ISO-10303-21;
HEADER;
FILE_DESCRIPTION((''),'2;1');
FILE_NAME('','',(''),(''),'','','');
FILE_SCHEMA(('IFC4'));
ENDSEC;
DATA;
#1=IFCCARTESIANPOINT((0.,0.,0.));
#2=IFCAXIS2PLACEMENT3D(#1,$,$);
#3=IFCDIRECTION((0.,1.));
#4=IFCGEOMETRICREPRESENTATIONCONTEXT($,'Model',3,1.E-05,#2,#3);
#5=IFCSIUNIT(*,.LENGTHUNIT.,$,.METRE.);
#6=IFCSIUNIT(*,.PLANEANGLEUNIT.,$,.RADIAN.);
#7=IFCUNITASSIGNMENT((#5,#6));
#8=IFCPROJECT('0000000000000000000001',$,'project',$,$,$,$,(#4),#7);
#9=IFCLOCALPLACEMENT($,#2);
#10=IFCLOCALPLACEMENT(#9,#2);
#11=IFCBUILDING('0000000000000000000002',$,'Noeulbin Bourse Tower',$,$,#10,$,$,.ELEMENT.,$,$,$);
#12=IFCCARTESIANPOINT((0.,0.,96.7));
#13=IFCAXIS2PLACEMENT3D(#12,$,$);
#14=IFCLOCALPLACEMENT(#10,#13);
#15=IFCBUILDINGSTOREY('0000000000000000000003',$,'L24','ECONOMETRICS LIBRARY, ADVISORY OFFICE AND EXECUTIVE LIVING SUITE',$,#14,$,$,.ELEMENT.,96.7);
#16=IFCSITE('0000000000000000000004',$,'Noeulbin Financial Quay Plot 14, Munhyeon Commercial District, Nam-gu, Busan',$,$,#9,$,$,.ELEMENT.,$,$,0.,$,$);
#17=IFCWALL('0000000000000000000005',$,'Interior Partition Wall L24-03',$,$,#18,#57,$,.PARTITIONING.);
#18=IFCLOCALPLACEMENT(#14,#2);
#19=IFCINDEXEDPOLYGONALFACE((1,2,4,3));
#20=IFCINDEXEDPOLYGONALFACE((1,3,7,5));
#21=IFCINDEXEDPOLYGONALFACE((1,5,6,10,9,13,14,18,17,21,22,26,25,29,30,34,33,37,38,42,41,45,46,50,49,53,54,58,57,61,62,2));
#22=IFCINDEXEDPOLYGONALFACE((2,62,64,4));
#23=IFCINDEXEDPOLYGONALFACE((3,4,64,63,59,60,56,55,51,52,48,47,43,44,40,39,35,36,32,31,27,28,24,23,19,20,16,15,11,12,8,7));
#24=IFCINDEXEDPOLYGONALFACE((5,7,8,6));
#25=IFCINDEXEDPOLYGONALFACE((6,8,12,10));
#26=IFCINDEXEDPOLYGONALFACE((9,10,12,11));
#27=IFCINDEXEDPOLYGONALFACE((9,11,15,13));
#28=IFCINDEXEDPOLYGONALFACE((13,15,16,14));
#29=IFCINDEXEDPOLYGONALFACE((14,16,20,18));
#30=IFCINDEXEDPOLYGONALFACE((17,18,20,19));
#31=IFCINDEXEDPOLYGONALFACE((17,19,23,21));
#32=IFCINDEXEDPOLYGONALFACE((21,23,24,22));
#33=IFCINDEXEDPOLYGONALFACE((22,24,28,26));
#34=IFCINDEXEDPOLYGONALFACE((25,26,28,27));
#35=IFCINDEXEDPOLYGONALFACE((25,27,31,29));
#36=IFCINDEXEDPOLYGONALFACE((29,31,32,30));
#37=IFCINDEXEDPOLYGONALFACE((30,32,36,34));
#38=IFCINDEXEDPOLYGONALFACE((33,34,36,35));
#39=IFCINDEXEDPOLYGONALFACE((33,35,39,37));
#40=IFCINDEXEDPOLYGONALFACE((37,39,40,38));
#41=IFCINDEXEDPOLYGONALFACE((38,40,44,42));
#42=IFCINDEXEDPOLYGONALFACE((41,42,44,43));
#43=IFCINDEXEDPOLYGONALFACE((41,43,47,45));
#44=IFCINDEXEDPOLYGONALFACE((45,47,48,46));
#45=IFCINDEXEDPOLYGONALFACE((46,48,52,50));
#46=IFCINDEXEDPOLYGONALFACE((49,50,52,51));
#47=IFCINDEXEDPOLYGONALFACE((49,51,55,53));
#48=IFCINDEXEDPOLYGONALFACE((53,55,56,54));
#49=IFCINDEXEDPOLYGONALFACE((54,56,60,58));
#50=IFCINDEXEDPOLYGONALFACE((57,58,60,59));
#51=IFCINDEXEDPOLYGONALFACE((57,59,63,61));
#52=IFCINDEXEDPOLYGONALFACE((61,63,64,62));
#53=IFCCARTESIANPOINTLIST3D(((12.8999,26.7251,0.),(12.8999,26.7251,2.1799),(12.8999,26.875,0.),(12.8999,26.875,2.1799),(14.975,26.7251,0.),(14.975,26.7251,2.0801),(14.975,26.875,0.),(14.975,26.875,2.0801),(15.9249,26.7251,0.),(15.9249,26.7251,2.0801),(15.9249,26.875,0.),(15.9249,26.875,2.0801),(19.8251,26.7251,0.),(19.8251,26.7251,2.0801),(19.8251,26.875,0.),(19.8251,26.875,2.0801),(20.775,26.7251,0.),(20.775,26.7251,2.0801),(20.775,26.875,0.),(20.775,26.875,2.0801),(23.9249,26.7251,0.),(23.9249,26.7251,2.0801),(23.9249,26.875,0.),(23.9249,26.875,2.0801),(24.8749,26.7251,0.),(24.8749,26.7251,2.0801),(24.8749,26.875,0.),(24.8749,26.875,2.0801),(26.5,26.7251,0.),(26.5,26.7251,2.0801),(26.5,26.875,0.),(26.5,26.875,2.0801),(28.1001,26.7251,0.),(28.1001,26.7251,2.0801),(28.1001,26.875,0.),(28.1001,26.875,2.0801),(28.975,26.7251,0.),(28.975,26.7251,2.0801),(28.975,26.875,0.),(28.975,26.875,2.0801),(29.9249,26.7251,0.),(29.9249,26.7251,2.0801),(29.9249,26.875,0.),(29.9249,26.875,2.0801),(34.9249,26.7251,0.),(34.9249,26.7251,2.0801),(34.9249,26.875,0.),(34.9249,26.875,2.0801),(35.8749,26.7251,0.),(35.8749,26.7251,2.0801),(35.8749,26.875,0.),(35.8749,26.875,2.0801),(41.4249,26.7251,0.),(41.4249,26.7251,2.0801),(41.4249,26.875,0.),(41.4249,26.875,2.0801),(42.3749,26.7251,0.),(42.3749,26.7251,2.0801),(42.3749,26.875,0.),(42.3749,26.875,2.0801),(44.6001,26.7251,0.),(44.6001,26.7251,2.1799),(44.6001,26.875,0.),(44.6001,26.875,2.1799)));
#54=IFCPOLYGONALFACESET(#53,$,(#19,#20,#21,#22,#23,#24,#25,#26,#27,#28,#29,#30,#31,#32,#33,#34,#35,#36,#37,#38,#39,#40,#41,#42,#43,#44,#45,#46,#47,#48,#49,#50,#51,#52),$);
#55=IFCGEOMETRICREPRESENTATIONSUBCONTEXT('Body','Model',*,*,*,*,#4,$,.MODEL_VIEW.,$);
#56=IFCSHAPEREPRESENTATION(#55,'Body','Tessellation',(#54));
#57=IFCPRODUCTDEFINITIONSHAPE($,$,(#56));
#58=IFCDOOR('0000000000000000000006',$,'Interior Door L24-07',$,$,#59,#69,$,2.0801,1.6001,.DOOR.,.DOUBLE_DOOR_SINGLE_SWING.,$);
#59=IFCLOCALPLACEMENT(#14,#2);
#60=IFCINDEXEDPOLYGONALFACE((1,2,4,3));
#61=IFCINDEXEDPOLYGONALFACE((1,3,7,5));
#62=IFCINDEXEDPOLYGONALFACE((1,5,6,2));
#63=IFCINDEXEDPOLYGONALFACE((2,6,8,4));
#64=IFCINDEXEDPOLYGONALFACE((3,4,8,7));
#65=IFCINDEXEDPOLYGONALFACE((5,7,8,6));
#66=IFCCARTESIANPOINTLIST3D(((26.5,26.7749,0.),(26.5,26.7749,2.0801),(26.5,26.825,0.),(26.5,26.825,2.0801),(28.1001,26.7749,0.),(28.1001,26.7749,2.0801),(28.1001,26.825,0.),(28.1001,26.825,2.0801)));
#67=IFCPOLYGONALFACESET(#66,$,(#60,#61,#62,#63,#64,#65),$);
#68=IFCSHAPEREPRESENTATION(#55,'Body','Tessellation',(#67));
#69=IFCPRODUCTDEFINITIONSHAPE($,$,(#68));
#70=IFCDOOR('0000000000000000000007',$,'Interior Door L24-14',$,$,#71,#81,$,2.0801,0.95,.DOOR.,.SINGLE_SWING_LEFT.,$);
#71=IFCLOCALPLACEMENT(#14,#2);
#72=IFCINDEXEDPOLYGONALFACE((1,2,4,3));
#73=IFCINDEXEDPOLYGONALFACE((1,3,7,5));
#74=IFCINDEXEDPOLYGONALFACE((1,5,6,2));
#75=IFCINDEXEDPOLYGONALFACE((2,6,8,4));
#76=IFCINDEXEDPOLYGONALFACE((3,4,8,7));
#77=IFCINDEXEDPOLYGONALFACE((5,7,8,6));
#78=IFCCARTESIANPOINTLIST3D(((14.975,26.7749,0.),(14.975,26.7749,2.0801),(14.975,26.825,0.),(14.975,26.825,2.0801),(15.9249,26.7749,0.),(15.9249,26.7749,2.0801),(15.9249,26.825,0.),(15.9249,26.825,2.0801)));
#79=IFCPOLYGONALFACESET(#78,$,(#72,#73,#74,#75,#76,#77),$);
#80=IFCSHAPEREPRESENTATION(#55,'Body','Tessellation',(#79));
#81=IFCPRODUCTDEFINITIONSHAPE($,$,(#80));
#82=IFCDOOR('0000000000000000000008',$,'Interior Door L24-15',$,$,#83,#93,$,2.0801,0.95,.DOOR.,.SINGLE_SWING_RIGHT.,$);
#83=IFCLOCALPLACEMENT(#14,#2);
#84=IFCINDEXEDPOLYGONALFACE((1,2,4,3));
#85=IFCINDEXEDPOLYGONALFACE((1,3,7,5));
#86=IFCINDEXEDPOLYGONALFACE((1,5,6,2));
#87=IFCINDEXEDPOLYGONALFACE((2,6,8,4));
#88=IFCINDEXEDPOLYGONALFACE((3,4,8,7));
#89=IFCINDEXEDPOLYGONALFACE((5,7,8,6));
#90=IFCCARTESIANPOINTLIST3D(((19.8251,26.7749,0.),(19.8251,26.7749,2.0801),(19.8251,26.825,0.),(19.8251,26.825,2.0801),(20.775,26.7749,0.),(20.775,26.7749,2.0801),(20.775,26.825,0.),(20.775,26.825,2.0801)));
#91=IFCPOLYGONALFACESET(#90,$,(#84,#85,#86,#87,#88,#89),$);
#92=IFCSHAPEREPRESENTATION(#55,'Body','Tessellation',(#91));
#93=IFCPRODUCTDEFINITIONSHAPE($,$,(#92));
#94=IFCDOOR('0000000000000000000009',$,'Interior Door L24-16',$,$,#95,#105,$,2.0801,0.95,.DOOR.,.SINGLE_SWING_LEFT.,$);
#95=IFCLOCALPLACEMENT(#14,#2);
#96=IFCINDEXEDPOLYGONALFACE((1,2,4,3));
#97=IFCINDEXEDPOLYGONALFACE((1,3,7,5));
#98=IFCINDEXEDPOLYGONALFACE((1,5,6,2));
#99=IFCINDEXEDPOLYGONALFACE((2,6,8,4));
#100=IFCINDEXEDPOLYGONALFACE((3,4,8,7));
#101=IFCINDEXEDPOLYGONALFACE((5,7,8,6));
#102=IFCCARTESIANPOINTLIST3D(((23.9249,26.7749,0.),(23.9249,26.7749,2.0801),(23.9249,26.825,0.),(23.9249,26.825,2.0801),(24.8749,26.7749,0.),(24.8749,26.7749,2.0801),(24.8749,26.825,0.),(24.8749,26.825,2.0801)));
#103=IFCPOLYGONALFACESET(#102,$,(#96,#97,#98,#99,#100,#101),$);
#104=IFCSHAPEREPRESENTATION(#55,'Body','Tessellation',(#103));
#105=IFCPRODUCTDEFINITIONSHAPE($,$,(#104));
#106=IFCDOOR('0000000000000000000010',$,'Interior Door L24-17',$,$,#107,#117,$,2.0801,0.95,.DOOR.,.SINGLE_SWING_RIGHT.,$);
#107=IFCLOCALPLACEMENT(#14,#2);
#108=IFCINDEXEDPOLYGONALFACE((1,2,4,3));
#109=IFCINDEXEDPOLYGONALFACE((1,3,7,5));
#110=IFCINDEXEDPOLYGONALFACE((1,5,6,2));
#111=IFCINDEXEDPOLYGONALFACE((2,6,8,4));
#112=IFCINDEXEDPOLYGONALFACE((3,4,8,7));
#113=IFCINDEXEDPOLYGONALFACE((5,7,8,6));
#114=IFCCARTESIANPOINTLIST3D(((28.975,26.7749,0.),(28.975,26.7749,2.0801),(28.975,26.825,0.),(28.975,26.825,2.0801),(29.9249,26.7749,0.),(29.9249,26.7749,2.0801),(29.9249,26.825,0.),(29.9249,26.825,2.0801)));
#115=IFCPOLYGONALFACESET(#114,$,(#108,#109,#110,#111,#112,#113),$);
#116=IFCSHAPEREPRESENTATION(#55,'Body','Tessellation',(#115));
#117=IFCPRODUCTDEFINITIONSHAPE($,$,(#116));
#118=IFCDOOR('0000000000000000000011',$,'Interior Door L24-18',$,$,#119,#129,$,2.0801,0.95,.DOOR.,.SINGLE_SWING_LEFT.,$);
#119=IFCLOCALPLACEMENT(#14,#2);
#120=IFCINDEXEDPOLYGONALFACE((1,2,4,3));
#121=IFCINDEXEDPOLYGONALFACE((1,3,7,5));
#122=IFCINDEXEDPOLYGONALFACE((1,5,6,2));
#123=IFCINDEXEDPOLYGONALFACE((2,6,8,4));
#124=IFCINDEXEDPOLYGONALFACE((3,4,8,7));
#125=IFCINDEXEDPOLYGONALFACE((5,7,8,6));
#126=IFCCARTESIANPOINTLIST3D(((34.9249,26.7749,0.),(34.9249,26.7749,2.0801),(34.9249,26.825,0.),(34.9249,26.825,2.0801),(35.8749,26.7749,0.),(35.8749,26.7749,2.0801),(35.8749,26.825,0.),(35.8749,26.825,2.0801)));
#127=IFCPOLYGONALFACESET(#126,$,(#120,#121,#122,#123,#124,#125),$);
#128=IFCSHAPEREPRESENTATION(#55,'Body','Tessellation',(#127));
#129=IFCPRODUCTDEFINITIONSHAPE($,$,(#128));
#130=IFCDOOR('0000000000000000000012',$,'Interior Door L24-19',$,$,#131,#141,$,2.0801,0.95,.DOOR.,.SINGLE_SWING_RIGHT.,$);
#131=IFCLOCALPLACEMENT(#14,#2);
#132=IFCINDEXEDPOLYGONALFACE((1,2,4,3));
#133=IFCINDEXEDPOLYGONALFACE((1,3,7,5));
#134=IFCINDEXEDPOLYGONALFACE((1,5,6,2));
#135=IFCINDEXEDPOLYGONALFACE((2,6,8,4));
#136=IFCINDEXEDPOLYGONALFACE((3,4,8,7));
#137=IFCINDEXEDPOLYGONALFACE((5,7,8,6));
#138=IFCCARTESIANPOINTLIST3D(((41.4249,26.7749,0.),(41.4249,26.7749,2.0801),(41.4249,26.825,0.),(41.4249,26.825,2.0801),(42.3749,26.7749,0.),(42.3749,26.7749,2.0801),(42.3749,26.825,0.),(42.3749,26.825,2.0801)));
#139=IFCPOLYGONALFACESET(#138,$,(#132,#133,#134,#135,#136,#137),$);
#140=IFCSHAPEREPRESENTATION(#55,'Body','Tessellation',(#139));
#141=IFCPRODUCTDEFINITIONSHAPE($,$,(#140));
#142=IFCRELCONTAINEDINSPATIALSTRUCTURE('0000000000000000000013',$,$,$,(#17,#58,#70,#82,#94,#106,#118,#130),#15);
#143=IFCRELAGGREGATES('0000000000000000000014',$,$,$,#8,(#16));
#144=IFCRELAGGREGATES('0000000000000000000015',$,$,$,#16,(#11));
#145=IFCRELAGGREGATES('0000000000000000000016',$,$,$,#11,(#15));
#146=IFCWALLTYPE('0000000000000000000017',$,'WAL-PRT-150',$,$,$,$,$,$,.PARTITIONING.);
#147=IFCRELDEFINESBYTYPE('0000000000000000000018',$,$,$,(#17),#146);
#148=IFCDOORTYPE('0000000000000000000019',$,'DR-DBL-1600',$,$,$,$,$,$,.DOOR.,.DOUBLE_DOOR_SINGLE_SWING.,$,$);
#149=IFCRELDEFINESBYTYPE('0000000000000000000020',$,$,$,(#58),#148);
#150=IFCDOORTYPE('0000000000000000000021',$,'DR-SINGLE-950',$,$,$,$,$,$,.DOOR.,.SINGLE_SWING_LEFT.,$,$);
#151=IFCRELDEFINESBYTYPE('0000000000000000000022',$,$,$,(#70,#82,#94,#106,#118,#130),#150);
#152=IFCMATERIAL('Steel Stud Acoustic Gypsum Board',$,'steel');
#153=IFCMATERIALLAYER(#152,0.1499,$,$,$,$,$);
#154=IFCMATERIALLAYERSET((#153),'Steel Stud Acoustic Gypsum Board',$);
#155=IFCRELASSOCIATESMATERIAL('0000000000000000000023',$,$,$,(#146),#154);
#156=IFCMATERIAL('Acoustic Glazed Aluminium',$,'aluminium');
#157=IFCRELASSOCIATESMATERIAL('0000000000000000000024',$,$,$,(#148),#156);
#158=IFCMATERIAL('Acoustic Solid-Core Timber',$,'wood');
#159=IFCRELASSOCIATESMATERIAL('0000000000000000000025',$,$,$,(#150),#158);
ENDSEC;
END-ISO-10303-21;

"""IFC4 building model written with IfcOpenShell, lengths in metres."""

from ifc_helpers import new_model, si_unit, direction, frame, frame_2d, origin, place, context, subcontext, project, spatial, rectangle, extrude, material, layer, layer_set, type_object, element, fill, save


model = new_model("IFC4")

# Units and contexts
model_context = context("Model", 3, precision=1e-05, world=origin(), true_north=direction((0.0, 1.0)))
body_context = subcontext(model_context, "Body", "Model", "MODEL_VIEW")
ifc_project = project(units=[si_unit("LENGTHUNIT", "METRE"), si_unit("PLANEANGLEUNIT", "RADIAN")], contexts=[model_context])

# Site, building, storey
site_placement = place(None, origin())
site = spatial("IfcSite", under=ifc_project, at=site_placement, Name="Noeulbin Financial Quay Plot 14, Munhyeon Commercial District, Nam-gu, Busan", CompositionType="ELEMENT", RefElevation=0.0)
building_placement = place(site_placement, origin())
building = spatial("IfcBuilding", under=site, at=building_placement, Name="Noeulbin Bourse Tower", CompositionType="ELEMENT")
storey_placement = place(building_placement, frame((0.0, 0.0, 96.7)))
storey = spatial("IfcBuildingStorey", under=building, at=storey_placement, Name="L24", Description="ECONOMETRICS LIBRARY, ADVISORY OFFICE AND EXECUTIVE LIVING SUITE", CompositionType="ELEMENT", Elevation=96.7)

# Wall, openings, doors
ifc_material_1 = material(Name="Steel Stud Acoustic Gypsum Board", Category="steel")
ifc_layer_1 = layer(ifc_material_1, 0.1499)
ifc_layer_set_1 = layer_set([ifc_layer_1], Name="Steel Stud Acoustic Gypsum Board")
wall_type_1 = type_object("IfcWallType", Name="WAL-PRT-150", PredefinedType="PARTITIONING", material=ifc_layer_set_1)
wall_1_placement = place(storey_placement, frame((12.8999, 26.8, 0.0), z_axis=(0.0, 0.0, 1.0), x_axis=(1.0, 0.0, 0.0)))
wall_1 = element("IfcWall", 1, at=wall_1_placement, inside=storey, type_object=wall_type_1, Name="Interior Partition Wall L24-03", PredefinedType="PARTITIONING", context=body_context, shape_type="SweptSolid", body=[
    extrude(rectangle(XDim=31.7002, YDim=0.1499, at=frame_2d((15.8501, 0.0))), origin(), (0.0, 0.0, 1.0), 2.1799),
])
opening_1_placement = place(wall_1_placement, frame((13.6001, 0.0, 0.0)))
opening_1 = element("IfcOpeningElement", 2, at=opening_1_placement, cuts=wall_1, PredefinedType="OPENING", context=body_context, shape_type="SweptSolid", body=[
    extrude(rectangle(XDim=1.6001, YDim=2.0801, at=frame_2d((0.8, 1.04))), frame((0.0, 0.085, 0.0), z_axis=(0.0, -1.0, 0.0), x_axis=(1.0, 0.0, 0.0)), (0.0, 0.0, 1.0), 0.1699),
])
opening_2_placement = place(wall_1_placement, frame((2.075, 0.0, 0.0)))
opening_2 = element("IfcOpeningElement", 3, at=opening_2_placement, cuts=wall_1, PredefinedType="OPENING", context=body_context, shape_type="SweptSolid", body=[
    extrude(rectangle(XDim=0.95, YDim=2.0801, at=frame_2d((0.4751, 1.04))), frame((0.0, 0.085, 0.0), z_axis=(0.0, -1.0, 0.0), x_axis=(1.0, 0.0, 0.0)), (0.0, 0.0, 1.0), 0.1699),
])
opening_3_placement = place(wall_1_placement, frame((6.925, 0.0, 0.0)))
opening_3 = element("IfcOpeningElement", 4, at=opening_3_placement, cuts=wall_1, PredefinedType="OPENING", context=body_context, shape_type="SweptSolid", body=[
    extrude(rectangle(XDim=0.95, YDim=2.0801, at=frame_2d((0.4751, 1.04))), frame((0.0, 0.085, 0.0), z_axis=(0.0, -1.0, 0.0), x_axis=(1.0, 0.0, 0.0)), (0.0, 0.0, 1.0), 0.1699),
])
opening_4_placement = place(wall_1_placement, frame((11.0249, 0.0, 0.0)))
opening_4 = element("IfcOpeningElement", 5, at=opening_4_placement, cuts=wall_1, PredefinedType="OPENING", context=body_context, shape_type="SweptSolid", body=[
    extrude(rectangle(XDim=0.95, YDim=2.0801, at=frame_2d((0.4751, 1.04))), frame((0.0, 0.085, 0.0), z_axis=(0.0, -1.0, 0.0), x_axis=(1.0, 0.0, 0.0)), (0.0, 0.0, 1.0), 0.1699),
])
opening_5_placement = place(wall_1_placement, frame((16.075, 0.0, 0.0)))
opening_5 = element("IfcOpeningElement", 6, at=opening_5_placement, cuts=wall_1, PredefinedType="OPENING", context=body_context, shape_type="SweptSolid", body=[
    extrude(rectangle(XDim=0.95, YDim=2.0801, at=frame_2d((0.4751, 1.04))), frame((0.0, 0.085, 0.0), z_axis=(0.0, -1.0, 0.0), x_axis=(1.0, 0.0, 0.0)), (0.0, 0.0, 1.0), 0.1699),
])
opening_6_placement = place(wall_1_placement, frame((22.0249, 0.0, 0.0)))
opening_6 = element("IfcOpeningElement", 7, at=opening_6_placement, cuts=wall_1, PredefinedType="OPENING", context=body_context, shape_type="SweptSolid", body=[
    extrude(rectangle(XDim=0.95, YDim=2.0801, at=frame_2d((0.4751, 1.04))), frame((0.0, 0.085, 0.0), z_axis=(0.0, -1.0, 0.0), x_axis=(1.0, 0.0, 0.0)), (0.0, 0.0, 1.0), 0.1699),
])
opening_7_placement = place(wall_1_placement, frame((28.5249, 0.0, 0.0)))
opening_7 = element("IfcOpeningElement", 8, at=opening_7_placement, cuts=wall_1, PredefinedType="OPENING", context=body_context, shape_type="SweptSolid", body=[
    extrude(rectangle(XDim=0.95, YDim=2.0801, at=frame_2d((0.4751, 1.04))), frame((0.0, 0.085, 0.0), z_axis=(0.0, -1.0, 0.0), x_axis=(1.0, 0.0, 0.0)), (0.0, 0.0, 1.0), 0.1699),
])
ifc_material_2 = material(Name="Acoustic Glazed Aluminium", Category="aluminium")
door_type_1 = type_object("IfcDoorType", Name="DR-DBL-1600", OperationType="DOUBLE_DOOR_SINGLE_SWING", PredefinedType="DOOR", material=ifc_material_2)
door_1_placement = place(opening_1_placement, origin())
door_1 = element("IfcDoor", 9, at=door_1_placement, inside=storey, type_object=door_type_1, Name="Interior Door L24-07", OperationType="DOUBLE_DOOR_SINGLE_SWING", OverallHeight=2.0801, OverallWidth=1.6001, PredefinedType="DOOR", context=body_context, shape_type="SweptSolid", body=[
    extrude(rectangle(XDim=1.6001, YDim=2.0801, at=frame_2d((0.8, 1.04))), frame((0.0, 0.0249, 0.0), z_axis=(0.0, -1.0, 0.0), x_axis=(1.0, 0.0, 0.0)), (0.0, 0.0, 1.0), 0.05),
])
fill(opening_1, door_1)
ifc_material_3 = material(Name="Acoustic Solid-Core Timber", Category="wood")
door_type_2 = type_object("IfcDoorType", Name="DR-SINGLE-950", OperationType="SINGLE_SWING_LEFT", PredefinedType="DOOR", material=ifc_material_3)
door_2_placement = place(opening_2_placement, origin())
door_2 = element("IfcDoor", 10, at=door_2_placement, inside=storey, type_object=door_type_2, Name="Interior Door L24-14", OperationType="SINGLE_SWING_LEFT", OverallHeight=2.0801, OverallWidth=0.95, PredefinedType="DOOR", context=body_context, shape_type="SweptSolid", body=[
    extrude(rectangle(XDim=0.95, YDim=2.0801, at=frame_2d((0.4751, 1.04))), frame((0.0, 0.0249, 0.0), z_axis=(0.0, -1.0, 0.0), x_axis=(1.0, 0.0, 0.0)), (0.0, 0.0, 1.0), 0.05),
])
fill(opening_2, door_2)
door_3_placement = place(opening_3_placement, origin())
door_3 = element("IfcDoor", 11, at=door_3_placement, inside=storey, type_object=door_type_2, Name="Interior Door L24-15", OperationType="SINGLE_SWING_RIGHT", OverallHeight=2.0801, OverallWidth=0.95, PredefinedType="DOOR", context=body_context, shape_type="SweptSolid", body=[
    extrude(rectangle(XDim=0.95, YDim=2.0801, at=frame_2d((0.4751, 1.04))), frame((0.0, 0.0249, 0.0), z_axis=(0.0, -1.0, 0.0), x_axis=(1.0, 0.0, 0.0)), (0.0, 0.0, 1.0), 0.05),
])
fill(opening_3, door_3)
door_4_placement = place(opening_4_placement, origin())
door_4 = element("IfcDoor", 12, at=door_4_placement, inside=storey, type_object=door_type_2, Name="Interior Door L24-16", OperationType="SINGLE_SWING_LEFT", OverallHeight=2.0801, OverallWidth=0.95, PredefinedType="DOOR", context=body_context, shape_type="SweptSolid", body=[
    extrude(rectangle(XDim=0.95, YDim=2.0801, at=frame_2d((0.4751, 1.04))), frame((0.0, 0.0249, 0.0), z_axis=(0.0, -1.0, 0.0), x_axis=(1.0, 0.0, 0.0)), (0.0, 0.0, 1.0), 0.05),
])
fill(opening_4, door_4)
door_5_placement = place(opening_5_placement, origin())
door_5 = element("IfcDoor", 13, at=door_5_placement, inside=storey, type_object=door_type_2, Name="Interior Door L24-17", OperationType="SINGLE_SWING_RIGHT", OverallHeight=2.0801, OverallWidth=0.95, PredefinedType="DOOR", context=body_context, shape_type="SweptSolid", body=[
    extrude(rectangle(XDim=0.95, YDim=2.0801, at=frame_2d((0.4751, 1.04))), frame((0.0, 0.0249, 0.0), z_axis=(0.0, -1.0, 0.0), x_axis=(1.0, 0.0, 0.0)), (0.0, 0.0, 1.0), 0.05),
])
fill(opening_5, door_5)
door_6_placement = place(opening_6_placement, origin())
door_6 = element("IfcDoor", 14, at=door_6_placement, inside=storey, type_object=door_type_2, Name="Interior Door L24-18", OperationType="SINGLE_SWING_LEFT", OverallHeight=2.0801, OverallWidth=0.95, PredefinedType="DOOR", context=body_context, shape_type="SweptSolid", body=[
    extrude(rectangle(XDim=0.95, YDim=2.0801, at=frame_2d((0.4751, 1.04))), frame((0.0, 0.0249, 0.0), z_axis=(0.0, -1.0, 0.0), x_axis=(1.0, 0.0, 0.0)), (0.0, 0.0, 1.0), 0.05),
])
fill(opening_6, door_6)
door_7_placement = place(opening_7_placement, origin())
door_7 = element("IfcDoor", 15, at=door_7_placement, inside=storey, type_object=door_type_2, Name="Interior Door L24-19", OperationType="SINGLE_SWING_RIGHT", OverallHeight=2.0801, OverallWidth=0.95, PredefinedType="DOOR", context=body_context, shape_type="SweptSolid", body=[
    extrude(rectangle(XDim=0.95, YDim=2.0801, at=frame_2d((0.4751, 1.04))), frame((0.0, 0.0249, 0.0), z_axis=(0.0, -1.0, 0.0), x_axis=(1.0, 0.0, 0.0)), (0.0, 0.0, 1.0), 0.05),
])
fill(opening_7, door_7)

save(model, "model.ifc")
